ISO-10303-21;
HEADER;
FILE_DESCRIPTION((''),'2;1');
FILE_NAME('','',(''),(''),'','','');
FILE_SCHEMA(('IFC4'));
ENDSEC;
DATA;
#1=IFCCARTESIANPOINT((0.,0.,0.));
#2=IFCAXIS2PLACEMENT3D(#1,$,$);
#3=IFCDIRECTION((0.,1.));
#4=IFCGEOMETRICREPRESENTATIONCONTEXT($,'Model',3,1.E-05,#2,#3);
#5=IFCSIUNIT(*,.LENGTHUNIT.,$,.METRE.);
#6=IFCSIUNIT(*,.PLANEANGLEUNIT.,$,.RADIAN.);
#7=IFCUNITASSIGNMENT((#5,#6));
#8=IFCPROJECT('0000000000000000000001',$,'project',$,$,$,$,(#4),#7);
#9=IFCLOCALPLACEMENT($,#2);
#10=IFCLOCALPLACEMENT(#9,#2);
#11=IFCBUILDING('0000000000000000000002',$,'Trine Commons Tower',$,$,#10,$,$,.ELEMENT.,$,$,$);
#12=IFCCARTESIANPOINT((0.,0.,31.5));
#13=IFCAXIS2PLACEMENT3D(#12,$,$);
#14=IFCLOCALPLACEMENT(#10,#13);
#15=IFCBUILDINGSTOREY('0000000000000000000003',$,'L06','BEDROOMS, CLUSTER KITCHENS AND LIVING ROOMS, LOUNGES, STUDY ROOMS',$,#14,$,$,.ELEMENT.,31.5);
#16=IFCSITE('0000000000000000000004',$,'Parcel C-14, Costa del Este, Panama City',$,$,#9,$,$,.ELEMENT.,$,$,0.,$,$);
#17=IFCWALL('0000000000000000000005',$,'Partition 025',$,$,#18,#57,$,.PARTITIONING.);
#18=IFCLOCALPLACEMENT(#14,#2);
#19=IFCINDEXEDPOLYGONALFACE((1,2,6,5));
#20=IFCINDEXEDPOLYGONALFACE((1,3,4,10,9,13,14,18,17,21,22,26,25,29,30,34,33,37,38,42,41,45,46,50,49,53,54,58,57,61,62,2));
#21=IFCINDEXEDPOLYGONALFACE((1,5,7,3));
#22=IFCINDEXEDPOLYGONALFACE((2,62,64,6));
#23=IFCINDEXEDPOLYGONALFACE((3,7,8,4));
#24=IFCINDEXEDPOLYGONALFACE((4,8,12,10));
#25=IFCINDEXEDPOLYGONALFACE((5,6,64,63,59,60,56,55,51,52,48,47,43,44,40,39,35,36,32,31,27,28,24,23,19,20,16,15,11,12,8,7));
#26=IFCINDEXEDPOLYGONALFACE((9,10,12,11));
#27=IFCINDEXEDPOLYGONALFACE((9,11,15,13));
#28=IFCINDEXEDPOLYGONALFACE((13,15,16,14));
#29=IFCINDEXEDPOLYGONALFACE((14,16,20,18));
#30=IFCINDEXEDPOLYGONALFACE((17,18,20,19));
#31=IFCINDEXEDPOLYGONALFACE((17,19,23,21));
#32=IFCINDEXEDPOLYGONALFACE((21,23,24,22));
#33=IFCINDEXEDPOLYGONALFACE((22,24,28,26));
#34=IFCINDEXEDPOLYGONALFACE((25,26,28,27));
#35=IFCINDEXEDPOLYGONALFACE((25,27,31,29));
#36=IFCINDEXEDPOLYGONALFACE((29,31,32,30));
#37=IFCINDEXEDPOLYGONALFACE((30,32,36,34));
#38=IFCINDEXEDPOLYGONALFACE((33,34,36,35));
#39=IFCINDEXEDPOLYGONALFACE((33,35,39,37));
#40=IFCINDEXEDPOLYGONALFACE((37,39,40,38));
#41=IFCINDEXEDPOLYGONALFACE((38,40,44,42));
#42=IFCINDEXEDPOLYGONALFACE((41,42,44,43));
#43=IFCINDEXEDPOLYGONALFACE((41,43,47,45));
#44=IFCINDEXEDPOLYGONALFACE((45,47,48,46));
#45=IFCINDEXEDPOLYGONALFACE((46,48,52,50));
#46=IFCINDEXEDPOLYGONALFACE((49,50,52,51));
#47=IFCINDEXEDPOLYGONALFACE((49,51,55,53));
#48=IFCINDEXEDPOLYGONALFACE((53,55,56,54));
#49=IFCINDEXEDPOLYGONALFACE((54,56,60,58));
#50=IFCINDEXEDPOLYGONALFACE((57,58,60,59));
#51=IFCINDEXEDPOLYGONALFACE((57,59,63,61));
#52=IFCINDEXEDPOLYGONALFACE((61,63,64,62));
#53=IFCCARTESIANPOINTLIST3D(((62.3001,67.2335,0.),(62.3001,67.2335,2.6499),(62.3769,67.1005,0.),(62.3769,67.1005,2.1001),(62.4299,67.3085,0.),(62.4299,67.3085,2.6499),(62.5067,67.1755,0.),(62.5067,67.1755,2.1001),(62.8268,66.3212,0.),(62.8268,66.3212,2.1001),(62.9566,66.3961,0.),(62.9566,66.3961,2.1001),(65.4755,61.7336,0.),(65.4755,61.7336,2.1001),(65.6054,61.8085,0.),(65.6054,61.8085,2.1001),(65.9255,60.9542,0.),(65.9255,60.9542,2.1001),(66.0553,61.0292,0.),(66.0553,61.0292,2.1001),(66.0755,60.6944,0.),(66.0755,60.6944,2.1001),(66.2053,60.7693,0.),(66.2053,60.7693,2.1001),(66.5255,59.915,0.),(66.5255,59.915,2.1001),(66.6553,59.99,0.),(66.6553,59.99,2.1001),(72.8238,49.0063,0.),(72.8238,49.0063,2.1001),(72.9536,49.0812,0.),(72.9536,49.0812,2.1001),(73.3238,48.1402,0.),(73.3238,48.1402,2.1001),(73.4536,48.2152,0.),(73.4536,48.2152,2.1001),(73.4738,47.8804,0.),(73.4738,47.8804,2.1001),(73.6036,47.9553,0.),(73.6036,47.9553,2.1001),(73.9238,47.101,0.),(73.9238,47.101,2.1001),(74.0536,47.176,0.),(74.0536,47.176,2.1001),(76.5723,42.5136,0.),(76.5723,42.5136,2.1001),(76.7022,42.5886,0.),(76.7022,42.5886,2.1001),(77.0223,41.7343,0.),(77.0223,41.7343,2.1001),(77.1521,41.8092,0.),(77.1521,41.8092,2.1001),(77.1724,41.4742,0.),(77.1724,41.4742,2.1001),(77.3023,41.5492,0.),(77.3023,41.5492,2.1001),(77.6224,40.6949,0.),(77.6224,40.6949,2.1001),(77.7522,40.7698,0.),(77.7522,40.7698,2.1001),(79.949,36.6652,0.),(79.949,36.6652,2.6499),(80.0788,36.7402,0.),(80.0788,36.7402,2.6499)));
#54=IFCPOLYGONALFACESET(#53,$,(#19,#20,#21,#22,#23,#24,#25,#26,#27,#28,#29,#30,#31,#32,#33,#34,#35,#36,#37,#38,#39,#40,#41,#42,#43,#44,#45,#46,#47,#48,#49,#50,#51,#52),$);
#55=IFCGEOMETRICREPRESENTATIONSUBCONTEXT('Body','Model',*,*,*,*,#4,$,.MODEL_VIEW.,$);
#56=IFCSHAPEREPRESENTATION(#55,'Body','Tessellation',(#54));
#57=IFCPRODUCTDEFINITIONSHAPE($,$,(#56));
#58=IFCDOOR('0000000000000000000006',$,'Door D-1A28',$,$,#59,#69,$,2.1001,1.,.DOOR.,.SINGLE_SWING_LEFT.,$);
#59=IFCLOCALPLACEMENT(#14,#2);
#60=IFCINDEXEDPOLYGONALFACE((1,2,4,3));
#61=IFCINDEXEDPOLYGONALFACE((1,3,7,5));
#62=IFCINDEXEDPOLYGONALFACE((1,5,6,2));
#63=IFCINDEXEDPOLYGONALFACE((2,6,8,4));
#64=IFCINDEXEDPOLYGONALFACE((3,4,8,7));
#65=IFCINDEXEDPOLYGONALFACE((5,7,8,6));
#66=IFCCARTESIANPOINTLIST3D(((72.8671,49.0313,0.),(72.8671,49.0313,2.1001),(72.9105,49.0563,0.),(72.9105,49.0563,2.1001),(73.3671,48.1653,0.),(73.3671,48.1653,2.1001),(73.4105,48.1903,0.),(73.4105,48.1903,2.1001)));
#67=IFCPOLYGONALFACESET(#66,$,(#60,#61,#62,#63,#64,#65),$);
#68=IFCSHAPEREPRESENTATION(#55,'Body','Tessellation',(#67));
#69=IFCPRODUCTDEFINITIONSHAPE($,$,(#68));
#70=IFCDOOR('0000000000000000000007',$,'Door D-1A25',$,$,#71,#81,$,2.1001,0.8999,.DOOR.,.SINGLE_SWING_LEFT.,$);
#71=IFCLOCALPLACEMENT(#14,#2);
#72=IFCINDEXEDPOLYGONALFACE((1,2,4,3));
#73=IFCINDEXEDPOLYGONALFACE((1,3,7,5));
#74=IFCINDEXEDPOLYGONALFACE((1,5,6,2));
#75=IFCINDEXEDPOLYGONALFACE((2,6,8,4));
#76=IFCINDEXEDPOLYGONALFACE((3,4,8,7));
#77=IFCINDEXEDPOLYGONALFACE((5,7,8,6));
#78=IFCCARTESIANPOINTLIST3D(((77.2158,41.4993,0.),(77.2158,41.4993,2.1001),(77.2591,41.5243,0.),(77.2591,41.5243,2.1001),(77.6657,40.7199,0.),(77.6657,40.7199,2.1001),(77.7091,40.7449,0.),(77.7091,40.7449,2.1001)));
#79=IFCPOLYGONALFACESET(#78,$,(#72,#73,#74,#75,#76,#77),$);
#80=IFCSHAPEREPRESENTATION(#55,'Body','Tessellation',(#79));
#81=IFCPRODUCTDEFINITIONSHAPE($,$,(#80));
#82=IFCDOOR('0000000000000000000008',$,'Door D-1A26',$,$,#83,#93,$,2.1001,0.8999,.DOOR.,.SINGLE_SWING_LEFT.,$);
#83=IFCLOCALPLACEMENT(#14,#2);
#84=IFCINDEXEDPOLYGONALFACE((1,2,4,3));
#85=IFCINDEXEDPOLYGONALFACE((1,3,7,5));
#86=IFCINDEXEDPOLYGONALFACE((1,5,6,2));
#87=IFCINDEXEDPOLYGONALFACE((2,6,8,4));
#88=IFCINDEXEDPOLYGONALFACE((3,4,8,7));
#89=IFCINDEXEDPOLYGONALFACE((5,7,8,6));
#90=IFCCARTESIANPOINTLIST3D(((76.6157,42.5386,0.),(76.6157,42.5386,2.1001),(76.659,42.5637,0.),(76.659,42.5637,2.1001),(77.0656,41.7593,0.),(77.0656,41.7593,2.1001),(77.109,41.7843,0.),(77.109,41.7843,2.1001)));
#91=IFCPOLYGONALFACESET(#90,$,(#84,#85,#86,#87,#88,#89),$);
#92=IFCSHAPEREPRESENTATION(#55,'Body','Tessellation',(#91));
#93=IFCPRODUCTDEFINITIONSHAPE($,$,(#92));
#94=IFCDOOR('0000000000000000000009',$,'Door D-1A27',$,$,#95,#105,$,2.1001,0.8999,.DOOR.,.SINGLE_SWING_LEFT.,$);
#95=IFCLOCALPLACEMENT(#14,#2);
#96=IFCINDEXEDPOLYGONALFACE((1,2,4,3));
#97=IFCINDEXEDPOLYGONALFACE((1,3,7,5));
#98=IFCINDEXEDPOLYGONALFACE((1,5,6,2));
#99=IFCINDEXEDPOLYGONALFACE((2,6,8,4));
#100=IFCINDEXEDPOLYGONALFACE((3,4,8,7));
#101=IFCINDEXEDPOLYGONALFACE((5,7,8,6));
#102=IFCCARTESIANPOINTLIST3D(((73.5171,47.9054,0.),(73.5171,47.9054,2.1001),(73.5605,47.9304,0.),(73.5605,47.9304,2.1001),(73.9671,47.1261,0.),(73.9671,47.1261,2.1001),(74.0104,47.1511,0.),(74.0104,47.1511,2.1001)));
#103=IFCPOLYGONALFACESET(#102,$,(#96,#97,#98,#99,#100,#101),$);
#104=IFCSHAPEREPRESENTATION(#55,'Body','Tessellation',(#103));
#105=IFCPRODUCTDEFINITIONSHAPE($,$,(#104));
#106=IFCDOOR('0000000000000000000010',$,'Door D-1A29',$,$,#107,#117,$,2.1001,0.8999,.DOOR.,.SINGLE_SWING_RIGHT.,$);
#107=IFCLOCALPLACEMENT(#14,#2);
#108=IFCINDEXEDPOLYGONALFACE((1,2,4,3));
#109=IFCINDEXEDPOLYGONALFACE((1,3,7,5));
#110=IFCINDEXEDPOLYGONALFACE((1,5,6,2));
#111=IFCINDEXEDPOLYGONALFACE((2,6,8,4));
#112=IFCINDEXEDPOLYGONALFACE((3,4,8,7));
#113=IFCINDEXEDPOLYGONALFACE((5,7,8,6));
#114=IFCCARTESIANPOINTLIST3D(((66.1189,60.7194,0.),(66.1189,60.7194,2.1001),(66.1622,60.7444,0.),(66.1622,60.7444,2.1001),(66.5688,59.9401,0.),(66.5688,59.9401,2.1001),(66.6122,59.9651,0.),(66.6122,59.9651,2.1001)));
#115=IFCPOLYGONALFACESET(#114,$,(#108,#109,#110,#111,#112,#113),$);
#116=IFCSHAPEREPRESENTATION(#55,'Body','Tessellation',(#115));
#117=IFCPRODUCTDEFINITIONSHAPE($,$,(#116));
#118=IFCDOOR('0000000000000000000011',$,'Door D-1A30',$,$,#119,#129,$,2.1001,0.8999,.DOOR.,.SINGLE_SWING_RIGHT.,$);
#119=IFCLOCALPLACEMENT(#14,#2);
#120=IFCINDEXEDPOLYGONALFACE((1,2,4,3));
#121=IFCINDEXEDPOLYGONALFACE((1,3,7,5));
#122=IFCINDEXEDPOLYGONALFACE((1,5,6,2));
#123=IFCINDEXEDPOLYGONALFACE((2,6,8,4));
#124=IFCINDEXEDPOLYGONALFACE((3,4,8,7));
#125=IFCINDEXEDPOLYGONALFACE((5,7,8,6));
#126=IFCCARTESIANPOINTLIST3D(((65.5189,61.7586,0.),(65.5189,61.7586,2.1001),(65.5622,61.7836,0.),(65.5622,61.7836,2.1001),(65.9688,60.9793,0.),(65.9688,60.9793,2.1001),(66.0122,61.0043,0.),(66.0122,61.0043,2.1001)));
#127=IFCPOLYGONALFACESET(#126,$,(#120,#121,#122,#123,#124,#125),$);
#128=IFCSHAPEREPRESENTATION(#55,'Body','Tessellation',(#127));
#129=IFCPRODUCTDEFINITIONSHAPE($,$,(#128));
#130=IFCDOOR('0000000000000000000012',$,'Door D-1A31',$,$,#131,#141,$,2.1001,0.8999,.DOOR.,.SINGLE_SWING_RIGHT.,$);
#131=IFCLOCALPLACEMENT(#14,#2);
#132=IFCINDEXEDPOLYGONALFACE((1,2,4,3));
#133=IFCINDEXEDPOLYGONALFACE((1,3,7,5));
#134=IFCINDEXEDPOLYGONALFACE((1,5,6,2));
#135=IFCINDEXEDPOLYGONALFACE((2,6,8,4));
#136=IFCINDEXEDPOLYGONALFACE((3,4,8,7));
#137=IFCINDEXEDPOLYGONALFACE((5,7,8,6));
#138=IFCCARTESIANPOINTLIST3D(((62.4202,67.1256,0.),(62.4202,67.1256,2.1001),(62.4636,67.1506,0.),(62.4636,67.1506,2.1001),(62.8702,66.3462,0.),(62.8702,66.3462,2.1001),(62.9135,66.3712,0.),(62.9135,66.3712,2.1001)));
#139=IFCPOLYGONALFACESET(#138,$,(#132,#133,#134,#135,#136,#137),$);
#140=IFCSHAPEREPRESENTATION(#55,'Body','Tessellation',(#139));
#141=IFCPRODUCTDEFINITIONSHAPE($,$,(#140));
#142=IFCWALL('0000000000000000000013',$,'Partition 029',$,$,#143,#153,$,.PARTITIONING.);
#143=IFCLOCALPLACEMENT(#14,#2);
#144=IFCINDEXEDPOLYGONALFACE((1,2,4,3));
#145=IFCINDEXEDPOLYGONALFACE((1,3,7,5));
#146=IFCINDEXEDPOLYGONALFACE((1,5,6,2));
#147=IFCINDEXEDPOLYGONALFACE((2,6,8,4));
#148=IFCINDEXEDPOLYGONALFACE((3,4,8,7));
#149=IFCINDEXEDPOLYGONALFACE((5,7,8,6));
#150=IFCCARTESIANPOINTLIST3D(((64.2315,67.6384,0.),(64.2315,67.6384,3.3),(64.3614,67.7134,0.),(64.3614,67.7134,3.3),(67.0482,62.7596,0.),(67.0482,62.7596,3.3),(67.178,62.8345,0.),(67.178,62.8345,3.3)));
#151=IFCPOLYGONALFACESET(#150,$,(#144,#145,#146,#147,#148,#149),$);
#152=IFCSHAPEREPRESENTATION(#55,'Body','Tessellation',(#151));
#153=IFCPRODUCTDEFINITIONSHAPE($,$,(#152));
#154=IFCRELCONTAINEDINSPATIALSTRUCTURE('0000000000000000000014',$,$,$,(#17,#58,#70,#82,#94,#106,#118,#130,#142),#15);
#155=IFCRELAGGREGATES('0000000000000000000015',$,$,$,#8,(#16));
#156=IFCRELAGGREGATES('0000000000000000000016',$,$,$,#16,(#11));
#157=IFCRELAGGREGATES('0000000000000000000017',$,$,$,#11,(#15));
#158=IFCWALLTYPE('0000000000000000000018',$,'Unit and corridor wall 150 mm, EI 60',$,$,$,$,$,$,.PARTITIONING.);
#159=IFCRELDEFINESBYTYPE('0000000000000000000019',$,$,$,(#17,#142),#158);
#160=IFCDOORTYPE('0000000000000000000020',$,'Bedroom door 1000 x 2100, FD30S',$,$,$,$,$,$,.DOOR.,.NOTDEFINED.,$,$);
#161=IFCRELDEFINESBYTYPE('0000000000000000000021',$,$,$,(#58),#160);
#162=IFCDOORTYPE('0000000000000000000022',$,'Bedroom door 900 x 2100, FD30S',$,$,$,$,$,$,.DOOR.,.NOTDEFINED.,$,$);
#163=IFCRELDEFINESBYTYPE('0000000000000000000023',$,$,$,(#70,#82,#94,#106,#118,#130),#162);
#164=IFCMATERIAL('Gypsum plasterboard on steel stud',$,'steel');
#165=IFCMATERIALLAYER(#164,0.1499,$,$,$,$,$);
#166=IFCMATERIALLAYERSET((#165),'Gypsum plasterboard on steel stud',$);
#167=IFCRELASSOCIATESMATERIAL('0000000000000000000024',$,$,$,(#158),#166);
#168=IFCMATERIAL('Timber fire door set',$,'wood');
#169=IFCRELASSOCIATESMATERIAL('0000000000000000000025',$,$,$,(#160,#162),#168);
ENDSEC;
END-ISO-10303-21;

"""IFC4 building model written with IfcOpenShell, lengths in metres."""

from ifc_helpers import new_model, si_unit, direction, frame, frame_2d, origin, place, context, subcontext, project, spatial, rectangle, extrude, material, layer, layer_set, type_object, element, fill, save


model = new_model("IFC4")

# Units and contexts
model_context = context("Model", 3, precision=1e-05, world=origin(), true_north=direction((0.0, 1.0)))
body_context = subcontext(model_context, "Body", "Model", "MODEL_VIEW")
ifc_project = project(units=[si_unit("LENGTHUNIT", "METRE"), si_unit("PLANEANGLEUNIT", "RADIAN")], contexts=[model_context])

# Site, building, storey
site_placement = place(None, origin())
site = spatial("IfcSite", under=ifc_project, at=site_placement, Name="Parcel C-14, Costa del Este, Panama City", CompositionType="ELEMENT", RefElevation=0.0)
building_placement = place(site_placement, origin())
building = spatial("IfcBuilding", under=site, at=building_placement, Name="Trine Commons Tower", CompositionType="ELEMENT")
storey_placement = place(building_placement, frame((0.0, 0.0, 31.5)))
storey = spatial("IfcBuildingStorey", under=building, at=storey_placement, Name="L06", Description="BEDROOMS, CLUSTER KITCHENS AND LIVING ROOMS, LOUNGES, STUDY ROOMS", CompositionType="ELEMENT", Elevation=31.5)

# Shared definitions
ifc_material_1 = material(Name="Gypsum plasterboard on steel stud", Category="steel")
ifc_layer_1 = layer(ifc_material_1, 0.1499)
ifc_layer_set_1 = layer_set([ifc_layer_1], Name="Gypsum plasterboard on steel stud")
wall_type_1 = type_object("IfcWallType", Name="Unit and corridor wall 150 mm, EI 60", PredefinedType="PARTITIONING", material=ifc_layer_set_1)

# Wall, openings, doors
wall_1_placement = place(storey_placement, frame((62.365, 67.271, 0.0), z_axis=(0.0, 0.0, 1.0), x_axis=(0.500006, -0.866022, 0.0)))
wall_1 = element("IfcWall", 1, at=wall_1_placement, inside=storey, type_object=wall_type_1, Name="Partition 025", PredefinedType="PARTITIONING", context=body_context, shape_type="SweptSolid", body=[
    extrude(rectangle(XDim=35.2974, YDim=0.1499, at=frame_2d((17.6487, 0.0))), origin(), (0.0, 0.0, 1.0), 2.6499),
])
opening_1_placement = place(wall_1_placement, frame((29.7444, 0.0, 0.0)))
opening_1 = element("IfcOpeningElement", 2, at=opening_1_placement, cuts=wall_1, PredefinedType="OPENING", context=body_context, shape_type="SweptSolid", body=[
    extrude(rectangle(XDim=0.8999, YDim=2.1001, at=frame_2d((0.45, 1.05))), frame((0.0, 0.085, 0.0), z_axis=(0.0, -1.0, 0.0), x_axis=(1.0, 0.0, 0.0)), (0.0, 0.0, 1.0), 0.1699),
])
opening_2_placement = place(wall_1_placement, frame((28.5442, 0.0, 0.0)))
opening_2 = element("IfcOpeningElement", 3, at=opening_2_placement, cuts=wall_1, PredefinedType="OPENING", context=body_context, shape_type="SweptSolid", body=[
    extrude(rectangle(XDim=0.8999, YDim=2.1001, at=frame_2d((0.45, 1.05))), frame((0.0, 0.085, 0.0), z_axis=(0.0, -1.0, 0.0), x_axis=(1.0, 0.0, 0.0)), (0.0, 0.0, 1.0), 0.1699),
])
opening_3_placement = place(wall_1_placement, frame((22.3472, 0.0, 0.0)))
opening_3 = element("IfcOpeningElement", 4, at=opening_3_placement, cuts=wall_1, PredefinedType="OPENING", context=body_context, shape_type="SweptSolid", body=[
    extrude(rectangle(XDim=0.8999, YDim=2.1001, at=frame_2d((0.45, 1.05))), frame((0.0, 0.085, 0.0), z_axis=(0.0, -1.0, 0.0), x_axis=(1.0, 0.0, 0.0)), (0.0, 0.0, 1.0), 0.1699),
])
opening_4_placement = place(wall_1_placement, frame((21.0471, 0.0, 0.0)))
opening_4 = element("IfcOpeningElement", 5, at=opening_4_placement, cuts=wall_1, PredefinedType="OPENING", context=body_context, shape_type="SweptSolid", body=[
    extrude(rectangle(XDim=1.0, YDim=2.1001, at=frame_2d((0.5, 1.05))), frame((0.0, 0.085, 0.0), z_axis=(0.0, -1.0, 0.0), x_axis=(1.0, 0.0, 0.0)), (0.0, 0.0, 1.0), 0.1699),
])
opening_5_placement = place(wall_1_placement, frame((7.5508, 0.0, 0.0)))
opening_5 = element("IfcOpeningElement", 6, at=opening_5_placement, cuts=wall_1, PredefinedType="OPENING", context=body_context, shape_type="SweptSolid", body=[
    extrude(rectangle(XDim=0.8999, YDim=2.1001, at=frame_2d((0.45, 1.05))), frame((0.0, 0.085, 0.0), z_axis=(0.0, -1.0, 0.0), x_axis=(1.0, 0.0, 0.0)), (0.0, 0.0, 1.0), 0.1699),
])
opening_6_placement = place(wall_1_placement, frame((6.3508, 0.0, 0.0)))
opening_6 = element("IfcOpeningElement", 7, at=opening_6_placement, cuts=wall_1, PredefinedType="OPENING", context=body_context, shape_type="SweptSolid", body=[
    extrude(rectangle(XDim=0.8999, YDim=2.1001, at=frame_2d((0.45, 1.05))), frame((0.0, 0.085, 0.0), z_axis=(0.0, -1.0, 0.0), x_axis=(1.0, 0.0, 0.0)), (0.0, 0.0, 1.0), 0.1699),
])
opening_7_placement = place(wall_1_placement, frame((0.1536, 0.0, 0.0)))
opening_7 = element("IfcOpeningElement", 8, at=opening_7_placement, cuts=wall_1, PredefinedType="OPENING", context=body_context, shape_type="SweptSolid", body=[
    extrude(rectangle(XDim=0.8999, YDim=2.1001, at=frame_2d((0.45, 1.05))), frame((0.0, 0.085, 0.0), z_axis=(0.0, -1.0, 0.0), x_axis=(1.0, 0.0, 0.0)), (0.0, 0.0, 1.0), 0.1699),
])
ifc_material_2 = material(Name="Timber fire door set", Category="wood")
door_type_1 = type_object("IfcDoorType", Name="Bedroom door 1000 x 2100, FD30S", OperationType="NOTDEFINED", PredefinedType="DOOR", material=ifc_material_2)
door_1_placement = place(opening_4_placement, frame((1.0, 0.0, 0.0), z_axis=(0.0, 0.0, 1.0), x_axis=(-1.0, 0.0, 0.0)))
door_1 = element("IfcDoor", 9, at=door_1_placement, inside=storey, type_object=door_type_1, Name="Door D-1A28", OperationType="SINGLE_SWING_LEFT", OverallHeight=2.1001, OverallWidth=1.0, PredefinedType="DOOR", context=body_context, shape_type="SweptSolid", body=[
    extrude(rectangle(XDim=1.0, YDim=2.1001, at=frame_2d((0.5, 1.05))), frame((0.0, 0.0249, 0.0), z_axis=(0.0, -1.0, 0.0), x_axis=(1.0, 0.0, 0.0)), (0.0, 0.0, 1.0), 0.05),
])
fill(opening_4, door_1)
door_type_2 = type_object("IfcDoorType", Name="Bedroom door 900 x 2100, FD30S", OperationType="NOTDEFINED", PredefinedType="DOOR", material=ifc_material_2)
door_2_placement = place(opening_1_placement, frame((0.8999, 0.0, 0.0), z_axis=(0.0, 0.0, 1.0), x_axis=(-1.0, 0.0, 0.0)))
door_2 = element("IfcDoor", 10, at=door_2_placement, inside=storey, type_object=door_type_2, Name="Door D-1A25", OperationType="SINGLE_SWING_LEFT", OverallHeight=2.1001, OverallWidth=0.8999, PredefinedType="DOOR", context=body_context, shape_type="SweptSolid", body=[
    extrude(rectangle(XDim=0.8999, YDim=2.1001, at=frame_2d((0.45, 1.05))), frame((0.0, 0.0249, 0.0), z_axis=(0.0, -1.0, 0.0), x_axis=(1.0, 0.0, 0.0)), (0.0, 0.0, 1.0), 0.05),
])
fill(opening_1, door_2)
door_3_placement = place(opening_2_placement, frame((0.8999, 0.0, 0.0), z_axis=(0.0, 0.0, 1.0), x_axis=(-1.0, 0.0, 0.0)))
door_3 = element("IfcDoor", 11, at=door_3_placement, inside=storey, type_object=door_type_2, Name="Door D-1A26", OperationType="SINGLE_SWING_LEFT", OverallHeight=2.1001, OverallWidth=0.8999, PredefinedType="DOOR", context=body_context, shape_type="SweptSolid", body=[
    extrude(rectangle(XDim=0.8999, YDim=2.1001, at=frame_2d((0.45, 1.05))), frame((0.0, 0.0249, 0.0), z_axis=(0.0, -1.0, 0.0), x_axis=(1.0, 0.0, 0.0)), (0.0, 0.0, 1.0), 0.05),
])
fill(opening_2, door_3)
door_4_placement = place(opening_3_placement, frame((0.8999, 0.0, 0.0), z_axis=(0.0, 0.0, 1.0), x_axis=(-1.0, 0.0, 0.0)))
door_4 = element("IfcDoor", 12, at=door_4_placement, inside=storey, type_object=door_type_2, Name="Door D-1A27", OperationType="SINGLE_SWING_LEFT", OverallHeight=2.1001, OverallWidth=0.8999, PredefinedType="DOOR", context=body_context, shape_type="SweptSolid", body=[
    extrude(rectangle(XDim=0.8999, YDim=2.1001, at=frame_2d((0.45, 1.05))), frame((0.0, 0.0249, 0.0), z_axis=(0.0, -1.0, 0.0), x_axis=(1.0, 0.0, 0.0)), (0.0, 0.0, 1.0), 0.05),
])
fill(opening_3, door_4)
door_5_placement = place(opening_5_placement, frame((0.8999, 0.0, 0.0), z_axis=(0.0, 0.0, 1.0), x_axis=(-1.0, 0.0, 0.0)))
door_5 = element("IfcDoor", 13, at=door_5_placement, inside=storey, type_object=door_type_2, Name="Door D-1A29", OperationType="SINGLE_SWING_RIGHT", OverallHeight=2.1001, OverallWidth=0.8999, PredefinedType="DOOR", context=body_context, shape_type="SweptSolid", body=[
    extrude(rectangle(XDim=0.8999, YDim=2.1001, at=frame_2d((0.45, 1.05))), frame((0.0, 0.0249, 0.0), z_axis=(0.0, -1.0, 0.0), x_axis=(1.0, 0.0, 0.0)), (0.0, 0.0, 1.0), 0.05),
])
fill(opening_5, door_5)
door_6_placement = place(opening_6_placement, frame((0.8999, 0.0, 0.0), z_axis=(0.0, 0.0, 1.0), x_axis=(-1.0, 0.0, 0.0)))
door_6 = element("IfcDoor", 14, at=door_6_placement, inside=storey, type_object=door_type_2, Name="Door D-1A30", OperationType="SINGLE_SWING_RIGHT", OverallHeight=2.1001, OverallWidth=0.8999, PredefinedType="DOOR", context=body_context, shape_type="SweptSolid", body=[
    extrude(rectangle(XDim=0.8999, YDim=2.1001, at=frame_2d((0.45, 1.05))), frame((0.0, 0.0249, 0.0), z_axis=(0.0, -1.0, 0.0), x_axis=(1.0, 0.0, 0.0)), (0.0, 0.0, 1.0), 0.05),
])
fill(opening_6, door_6)
door_7_placement = place(opening_7_placement, frame((0.8999, 0.0, 0.0), z_axis=(0.0, 0.0, 1.0), x_axis=(-1.0, 0.0, 0.0)))
door_7 = element("IfcDoor", 15, at=door_7_placement, inside=storey, type_object=door_type_2, Name="Door D-1A31", OperationType="SINGLE_SWING_RIGHT", OverallHeight=2.1001, OverallWidth=0.8999, PredefinedType="DOOR", context=body_context, shape_type="SweptSolid", body=[
    extrude(rectangle(XDim=0.8999, YDim=2.1001, at=frame_2d((0.45, 1.05))), frame((0.0, 0.0249, 0.0), z_axis=(0.0, -1.0, 0.0), x_axis=(1.0, 0.0, 0.0)), (0.0, 0.0, 1.0), 0.05),
])
fill(opening_7, door_7)

# Wall
wall_2_placement = place(storey_placement, frame((64.2964, 67.676, 0.0), z_axis=(0.0, 0.0, 1.0), x_axis=(0.499975, -0.86604, 0.0)))
element("IfcWall", 16, at=wall_2_placement, inside=storey, type_object=wall_type_1, Name="Partition 029", PredefinedType="PARTITIONING", context=body_context, shape_type="SweptSolid", body=[
    extrude(rectangle(XDim=5.6335, YDim=0.1499, at=frame_2d((2.8169, 0.0))), origin(), (0.0, 0.0, 1.0), 3.3),
])

save(model, "model.ifc")
